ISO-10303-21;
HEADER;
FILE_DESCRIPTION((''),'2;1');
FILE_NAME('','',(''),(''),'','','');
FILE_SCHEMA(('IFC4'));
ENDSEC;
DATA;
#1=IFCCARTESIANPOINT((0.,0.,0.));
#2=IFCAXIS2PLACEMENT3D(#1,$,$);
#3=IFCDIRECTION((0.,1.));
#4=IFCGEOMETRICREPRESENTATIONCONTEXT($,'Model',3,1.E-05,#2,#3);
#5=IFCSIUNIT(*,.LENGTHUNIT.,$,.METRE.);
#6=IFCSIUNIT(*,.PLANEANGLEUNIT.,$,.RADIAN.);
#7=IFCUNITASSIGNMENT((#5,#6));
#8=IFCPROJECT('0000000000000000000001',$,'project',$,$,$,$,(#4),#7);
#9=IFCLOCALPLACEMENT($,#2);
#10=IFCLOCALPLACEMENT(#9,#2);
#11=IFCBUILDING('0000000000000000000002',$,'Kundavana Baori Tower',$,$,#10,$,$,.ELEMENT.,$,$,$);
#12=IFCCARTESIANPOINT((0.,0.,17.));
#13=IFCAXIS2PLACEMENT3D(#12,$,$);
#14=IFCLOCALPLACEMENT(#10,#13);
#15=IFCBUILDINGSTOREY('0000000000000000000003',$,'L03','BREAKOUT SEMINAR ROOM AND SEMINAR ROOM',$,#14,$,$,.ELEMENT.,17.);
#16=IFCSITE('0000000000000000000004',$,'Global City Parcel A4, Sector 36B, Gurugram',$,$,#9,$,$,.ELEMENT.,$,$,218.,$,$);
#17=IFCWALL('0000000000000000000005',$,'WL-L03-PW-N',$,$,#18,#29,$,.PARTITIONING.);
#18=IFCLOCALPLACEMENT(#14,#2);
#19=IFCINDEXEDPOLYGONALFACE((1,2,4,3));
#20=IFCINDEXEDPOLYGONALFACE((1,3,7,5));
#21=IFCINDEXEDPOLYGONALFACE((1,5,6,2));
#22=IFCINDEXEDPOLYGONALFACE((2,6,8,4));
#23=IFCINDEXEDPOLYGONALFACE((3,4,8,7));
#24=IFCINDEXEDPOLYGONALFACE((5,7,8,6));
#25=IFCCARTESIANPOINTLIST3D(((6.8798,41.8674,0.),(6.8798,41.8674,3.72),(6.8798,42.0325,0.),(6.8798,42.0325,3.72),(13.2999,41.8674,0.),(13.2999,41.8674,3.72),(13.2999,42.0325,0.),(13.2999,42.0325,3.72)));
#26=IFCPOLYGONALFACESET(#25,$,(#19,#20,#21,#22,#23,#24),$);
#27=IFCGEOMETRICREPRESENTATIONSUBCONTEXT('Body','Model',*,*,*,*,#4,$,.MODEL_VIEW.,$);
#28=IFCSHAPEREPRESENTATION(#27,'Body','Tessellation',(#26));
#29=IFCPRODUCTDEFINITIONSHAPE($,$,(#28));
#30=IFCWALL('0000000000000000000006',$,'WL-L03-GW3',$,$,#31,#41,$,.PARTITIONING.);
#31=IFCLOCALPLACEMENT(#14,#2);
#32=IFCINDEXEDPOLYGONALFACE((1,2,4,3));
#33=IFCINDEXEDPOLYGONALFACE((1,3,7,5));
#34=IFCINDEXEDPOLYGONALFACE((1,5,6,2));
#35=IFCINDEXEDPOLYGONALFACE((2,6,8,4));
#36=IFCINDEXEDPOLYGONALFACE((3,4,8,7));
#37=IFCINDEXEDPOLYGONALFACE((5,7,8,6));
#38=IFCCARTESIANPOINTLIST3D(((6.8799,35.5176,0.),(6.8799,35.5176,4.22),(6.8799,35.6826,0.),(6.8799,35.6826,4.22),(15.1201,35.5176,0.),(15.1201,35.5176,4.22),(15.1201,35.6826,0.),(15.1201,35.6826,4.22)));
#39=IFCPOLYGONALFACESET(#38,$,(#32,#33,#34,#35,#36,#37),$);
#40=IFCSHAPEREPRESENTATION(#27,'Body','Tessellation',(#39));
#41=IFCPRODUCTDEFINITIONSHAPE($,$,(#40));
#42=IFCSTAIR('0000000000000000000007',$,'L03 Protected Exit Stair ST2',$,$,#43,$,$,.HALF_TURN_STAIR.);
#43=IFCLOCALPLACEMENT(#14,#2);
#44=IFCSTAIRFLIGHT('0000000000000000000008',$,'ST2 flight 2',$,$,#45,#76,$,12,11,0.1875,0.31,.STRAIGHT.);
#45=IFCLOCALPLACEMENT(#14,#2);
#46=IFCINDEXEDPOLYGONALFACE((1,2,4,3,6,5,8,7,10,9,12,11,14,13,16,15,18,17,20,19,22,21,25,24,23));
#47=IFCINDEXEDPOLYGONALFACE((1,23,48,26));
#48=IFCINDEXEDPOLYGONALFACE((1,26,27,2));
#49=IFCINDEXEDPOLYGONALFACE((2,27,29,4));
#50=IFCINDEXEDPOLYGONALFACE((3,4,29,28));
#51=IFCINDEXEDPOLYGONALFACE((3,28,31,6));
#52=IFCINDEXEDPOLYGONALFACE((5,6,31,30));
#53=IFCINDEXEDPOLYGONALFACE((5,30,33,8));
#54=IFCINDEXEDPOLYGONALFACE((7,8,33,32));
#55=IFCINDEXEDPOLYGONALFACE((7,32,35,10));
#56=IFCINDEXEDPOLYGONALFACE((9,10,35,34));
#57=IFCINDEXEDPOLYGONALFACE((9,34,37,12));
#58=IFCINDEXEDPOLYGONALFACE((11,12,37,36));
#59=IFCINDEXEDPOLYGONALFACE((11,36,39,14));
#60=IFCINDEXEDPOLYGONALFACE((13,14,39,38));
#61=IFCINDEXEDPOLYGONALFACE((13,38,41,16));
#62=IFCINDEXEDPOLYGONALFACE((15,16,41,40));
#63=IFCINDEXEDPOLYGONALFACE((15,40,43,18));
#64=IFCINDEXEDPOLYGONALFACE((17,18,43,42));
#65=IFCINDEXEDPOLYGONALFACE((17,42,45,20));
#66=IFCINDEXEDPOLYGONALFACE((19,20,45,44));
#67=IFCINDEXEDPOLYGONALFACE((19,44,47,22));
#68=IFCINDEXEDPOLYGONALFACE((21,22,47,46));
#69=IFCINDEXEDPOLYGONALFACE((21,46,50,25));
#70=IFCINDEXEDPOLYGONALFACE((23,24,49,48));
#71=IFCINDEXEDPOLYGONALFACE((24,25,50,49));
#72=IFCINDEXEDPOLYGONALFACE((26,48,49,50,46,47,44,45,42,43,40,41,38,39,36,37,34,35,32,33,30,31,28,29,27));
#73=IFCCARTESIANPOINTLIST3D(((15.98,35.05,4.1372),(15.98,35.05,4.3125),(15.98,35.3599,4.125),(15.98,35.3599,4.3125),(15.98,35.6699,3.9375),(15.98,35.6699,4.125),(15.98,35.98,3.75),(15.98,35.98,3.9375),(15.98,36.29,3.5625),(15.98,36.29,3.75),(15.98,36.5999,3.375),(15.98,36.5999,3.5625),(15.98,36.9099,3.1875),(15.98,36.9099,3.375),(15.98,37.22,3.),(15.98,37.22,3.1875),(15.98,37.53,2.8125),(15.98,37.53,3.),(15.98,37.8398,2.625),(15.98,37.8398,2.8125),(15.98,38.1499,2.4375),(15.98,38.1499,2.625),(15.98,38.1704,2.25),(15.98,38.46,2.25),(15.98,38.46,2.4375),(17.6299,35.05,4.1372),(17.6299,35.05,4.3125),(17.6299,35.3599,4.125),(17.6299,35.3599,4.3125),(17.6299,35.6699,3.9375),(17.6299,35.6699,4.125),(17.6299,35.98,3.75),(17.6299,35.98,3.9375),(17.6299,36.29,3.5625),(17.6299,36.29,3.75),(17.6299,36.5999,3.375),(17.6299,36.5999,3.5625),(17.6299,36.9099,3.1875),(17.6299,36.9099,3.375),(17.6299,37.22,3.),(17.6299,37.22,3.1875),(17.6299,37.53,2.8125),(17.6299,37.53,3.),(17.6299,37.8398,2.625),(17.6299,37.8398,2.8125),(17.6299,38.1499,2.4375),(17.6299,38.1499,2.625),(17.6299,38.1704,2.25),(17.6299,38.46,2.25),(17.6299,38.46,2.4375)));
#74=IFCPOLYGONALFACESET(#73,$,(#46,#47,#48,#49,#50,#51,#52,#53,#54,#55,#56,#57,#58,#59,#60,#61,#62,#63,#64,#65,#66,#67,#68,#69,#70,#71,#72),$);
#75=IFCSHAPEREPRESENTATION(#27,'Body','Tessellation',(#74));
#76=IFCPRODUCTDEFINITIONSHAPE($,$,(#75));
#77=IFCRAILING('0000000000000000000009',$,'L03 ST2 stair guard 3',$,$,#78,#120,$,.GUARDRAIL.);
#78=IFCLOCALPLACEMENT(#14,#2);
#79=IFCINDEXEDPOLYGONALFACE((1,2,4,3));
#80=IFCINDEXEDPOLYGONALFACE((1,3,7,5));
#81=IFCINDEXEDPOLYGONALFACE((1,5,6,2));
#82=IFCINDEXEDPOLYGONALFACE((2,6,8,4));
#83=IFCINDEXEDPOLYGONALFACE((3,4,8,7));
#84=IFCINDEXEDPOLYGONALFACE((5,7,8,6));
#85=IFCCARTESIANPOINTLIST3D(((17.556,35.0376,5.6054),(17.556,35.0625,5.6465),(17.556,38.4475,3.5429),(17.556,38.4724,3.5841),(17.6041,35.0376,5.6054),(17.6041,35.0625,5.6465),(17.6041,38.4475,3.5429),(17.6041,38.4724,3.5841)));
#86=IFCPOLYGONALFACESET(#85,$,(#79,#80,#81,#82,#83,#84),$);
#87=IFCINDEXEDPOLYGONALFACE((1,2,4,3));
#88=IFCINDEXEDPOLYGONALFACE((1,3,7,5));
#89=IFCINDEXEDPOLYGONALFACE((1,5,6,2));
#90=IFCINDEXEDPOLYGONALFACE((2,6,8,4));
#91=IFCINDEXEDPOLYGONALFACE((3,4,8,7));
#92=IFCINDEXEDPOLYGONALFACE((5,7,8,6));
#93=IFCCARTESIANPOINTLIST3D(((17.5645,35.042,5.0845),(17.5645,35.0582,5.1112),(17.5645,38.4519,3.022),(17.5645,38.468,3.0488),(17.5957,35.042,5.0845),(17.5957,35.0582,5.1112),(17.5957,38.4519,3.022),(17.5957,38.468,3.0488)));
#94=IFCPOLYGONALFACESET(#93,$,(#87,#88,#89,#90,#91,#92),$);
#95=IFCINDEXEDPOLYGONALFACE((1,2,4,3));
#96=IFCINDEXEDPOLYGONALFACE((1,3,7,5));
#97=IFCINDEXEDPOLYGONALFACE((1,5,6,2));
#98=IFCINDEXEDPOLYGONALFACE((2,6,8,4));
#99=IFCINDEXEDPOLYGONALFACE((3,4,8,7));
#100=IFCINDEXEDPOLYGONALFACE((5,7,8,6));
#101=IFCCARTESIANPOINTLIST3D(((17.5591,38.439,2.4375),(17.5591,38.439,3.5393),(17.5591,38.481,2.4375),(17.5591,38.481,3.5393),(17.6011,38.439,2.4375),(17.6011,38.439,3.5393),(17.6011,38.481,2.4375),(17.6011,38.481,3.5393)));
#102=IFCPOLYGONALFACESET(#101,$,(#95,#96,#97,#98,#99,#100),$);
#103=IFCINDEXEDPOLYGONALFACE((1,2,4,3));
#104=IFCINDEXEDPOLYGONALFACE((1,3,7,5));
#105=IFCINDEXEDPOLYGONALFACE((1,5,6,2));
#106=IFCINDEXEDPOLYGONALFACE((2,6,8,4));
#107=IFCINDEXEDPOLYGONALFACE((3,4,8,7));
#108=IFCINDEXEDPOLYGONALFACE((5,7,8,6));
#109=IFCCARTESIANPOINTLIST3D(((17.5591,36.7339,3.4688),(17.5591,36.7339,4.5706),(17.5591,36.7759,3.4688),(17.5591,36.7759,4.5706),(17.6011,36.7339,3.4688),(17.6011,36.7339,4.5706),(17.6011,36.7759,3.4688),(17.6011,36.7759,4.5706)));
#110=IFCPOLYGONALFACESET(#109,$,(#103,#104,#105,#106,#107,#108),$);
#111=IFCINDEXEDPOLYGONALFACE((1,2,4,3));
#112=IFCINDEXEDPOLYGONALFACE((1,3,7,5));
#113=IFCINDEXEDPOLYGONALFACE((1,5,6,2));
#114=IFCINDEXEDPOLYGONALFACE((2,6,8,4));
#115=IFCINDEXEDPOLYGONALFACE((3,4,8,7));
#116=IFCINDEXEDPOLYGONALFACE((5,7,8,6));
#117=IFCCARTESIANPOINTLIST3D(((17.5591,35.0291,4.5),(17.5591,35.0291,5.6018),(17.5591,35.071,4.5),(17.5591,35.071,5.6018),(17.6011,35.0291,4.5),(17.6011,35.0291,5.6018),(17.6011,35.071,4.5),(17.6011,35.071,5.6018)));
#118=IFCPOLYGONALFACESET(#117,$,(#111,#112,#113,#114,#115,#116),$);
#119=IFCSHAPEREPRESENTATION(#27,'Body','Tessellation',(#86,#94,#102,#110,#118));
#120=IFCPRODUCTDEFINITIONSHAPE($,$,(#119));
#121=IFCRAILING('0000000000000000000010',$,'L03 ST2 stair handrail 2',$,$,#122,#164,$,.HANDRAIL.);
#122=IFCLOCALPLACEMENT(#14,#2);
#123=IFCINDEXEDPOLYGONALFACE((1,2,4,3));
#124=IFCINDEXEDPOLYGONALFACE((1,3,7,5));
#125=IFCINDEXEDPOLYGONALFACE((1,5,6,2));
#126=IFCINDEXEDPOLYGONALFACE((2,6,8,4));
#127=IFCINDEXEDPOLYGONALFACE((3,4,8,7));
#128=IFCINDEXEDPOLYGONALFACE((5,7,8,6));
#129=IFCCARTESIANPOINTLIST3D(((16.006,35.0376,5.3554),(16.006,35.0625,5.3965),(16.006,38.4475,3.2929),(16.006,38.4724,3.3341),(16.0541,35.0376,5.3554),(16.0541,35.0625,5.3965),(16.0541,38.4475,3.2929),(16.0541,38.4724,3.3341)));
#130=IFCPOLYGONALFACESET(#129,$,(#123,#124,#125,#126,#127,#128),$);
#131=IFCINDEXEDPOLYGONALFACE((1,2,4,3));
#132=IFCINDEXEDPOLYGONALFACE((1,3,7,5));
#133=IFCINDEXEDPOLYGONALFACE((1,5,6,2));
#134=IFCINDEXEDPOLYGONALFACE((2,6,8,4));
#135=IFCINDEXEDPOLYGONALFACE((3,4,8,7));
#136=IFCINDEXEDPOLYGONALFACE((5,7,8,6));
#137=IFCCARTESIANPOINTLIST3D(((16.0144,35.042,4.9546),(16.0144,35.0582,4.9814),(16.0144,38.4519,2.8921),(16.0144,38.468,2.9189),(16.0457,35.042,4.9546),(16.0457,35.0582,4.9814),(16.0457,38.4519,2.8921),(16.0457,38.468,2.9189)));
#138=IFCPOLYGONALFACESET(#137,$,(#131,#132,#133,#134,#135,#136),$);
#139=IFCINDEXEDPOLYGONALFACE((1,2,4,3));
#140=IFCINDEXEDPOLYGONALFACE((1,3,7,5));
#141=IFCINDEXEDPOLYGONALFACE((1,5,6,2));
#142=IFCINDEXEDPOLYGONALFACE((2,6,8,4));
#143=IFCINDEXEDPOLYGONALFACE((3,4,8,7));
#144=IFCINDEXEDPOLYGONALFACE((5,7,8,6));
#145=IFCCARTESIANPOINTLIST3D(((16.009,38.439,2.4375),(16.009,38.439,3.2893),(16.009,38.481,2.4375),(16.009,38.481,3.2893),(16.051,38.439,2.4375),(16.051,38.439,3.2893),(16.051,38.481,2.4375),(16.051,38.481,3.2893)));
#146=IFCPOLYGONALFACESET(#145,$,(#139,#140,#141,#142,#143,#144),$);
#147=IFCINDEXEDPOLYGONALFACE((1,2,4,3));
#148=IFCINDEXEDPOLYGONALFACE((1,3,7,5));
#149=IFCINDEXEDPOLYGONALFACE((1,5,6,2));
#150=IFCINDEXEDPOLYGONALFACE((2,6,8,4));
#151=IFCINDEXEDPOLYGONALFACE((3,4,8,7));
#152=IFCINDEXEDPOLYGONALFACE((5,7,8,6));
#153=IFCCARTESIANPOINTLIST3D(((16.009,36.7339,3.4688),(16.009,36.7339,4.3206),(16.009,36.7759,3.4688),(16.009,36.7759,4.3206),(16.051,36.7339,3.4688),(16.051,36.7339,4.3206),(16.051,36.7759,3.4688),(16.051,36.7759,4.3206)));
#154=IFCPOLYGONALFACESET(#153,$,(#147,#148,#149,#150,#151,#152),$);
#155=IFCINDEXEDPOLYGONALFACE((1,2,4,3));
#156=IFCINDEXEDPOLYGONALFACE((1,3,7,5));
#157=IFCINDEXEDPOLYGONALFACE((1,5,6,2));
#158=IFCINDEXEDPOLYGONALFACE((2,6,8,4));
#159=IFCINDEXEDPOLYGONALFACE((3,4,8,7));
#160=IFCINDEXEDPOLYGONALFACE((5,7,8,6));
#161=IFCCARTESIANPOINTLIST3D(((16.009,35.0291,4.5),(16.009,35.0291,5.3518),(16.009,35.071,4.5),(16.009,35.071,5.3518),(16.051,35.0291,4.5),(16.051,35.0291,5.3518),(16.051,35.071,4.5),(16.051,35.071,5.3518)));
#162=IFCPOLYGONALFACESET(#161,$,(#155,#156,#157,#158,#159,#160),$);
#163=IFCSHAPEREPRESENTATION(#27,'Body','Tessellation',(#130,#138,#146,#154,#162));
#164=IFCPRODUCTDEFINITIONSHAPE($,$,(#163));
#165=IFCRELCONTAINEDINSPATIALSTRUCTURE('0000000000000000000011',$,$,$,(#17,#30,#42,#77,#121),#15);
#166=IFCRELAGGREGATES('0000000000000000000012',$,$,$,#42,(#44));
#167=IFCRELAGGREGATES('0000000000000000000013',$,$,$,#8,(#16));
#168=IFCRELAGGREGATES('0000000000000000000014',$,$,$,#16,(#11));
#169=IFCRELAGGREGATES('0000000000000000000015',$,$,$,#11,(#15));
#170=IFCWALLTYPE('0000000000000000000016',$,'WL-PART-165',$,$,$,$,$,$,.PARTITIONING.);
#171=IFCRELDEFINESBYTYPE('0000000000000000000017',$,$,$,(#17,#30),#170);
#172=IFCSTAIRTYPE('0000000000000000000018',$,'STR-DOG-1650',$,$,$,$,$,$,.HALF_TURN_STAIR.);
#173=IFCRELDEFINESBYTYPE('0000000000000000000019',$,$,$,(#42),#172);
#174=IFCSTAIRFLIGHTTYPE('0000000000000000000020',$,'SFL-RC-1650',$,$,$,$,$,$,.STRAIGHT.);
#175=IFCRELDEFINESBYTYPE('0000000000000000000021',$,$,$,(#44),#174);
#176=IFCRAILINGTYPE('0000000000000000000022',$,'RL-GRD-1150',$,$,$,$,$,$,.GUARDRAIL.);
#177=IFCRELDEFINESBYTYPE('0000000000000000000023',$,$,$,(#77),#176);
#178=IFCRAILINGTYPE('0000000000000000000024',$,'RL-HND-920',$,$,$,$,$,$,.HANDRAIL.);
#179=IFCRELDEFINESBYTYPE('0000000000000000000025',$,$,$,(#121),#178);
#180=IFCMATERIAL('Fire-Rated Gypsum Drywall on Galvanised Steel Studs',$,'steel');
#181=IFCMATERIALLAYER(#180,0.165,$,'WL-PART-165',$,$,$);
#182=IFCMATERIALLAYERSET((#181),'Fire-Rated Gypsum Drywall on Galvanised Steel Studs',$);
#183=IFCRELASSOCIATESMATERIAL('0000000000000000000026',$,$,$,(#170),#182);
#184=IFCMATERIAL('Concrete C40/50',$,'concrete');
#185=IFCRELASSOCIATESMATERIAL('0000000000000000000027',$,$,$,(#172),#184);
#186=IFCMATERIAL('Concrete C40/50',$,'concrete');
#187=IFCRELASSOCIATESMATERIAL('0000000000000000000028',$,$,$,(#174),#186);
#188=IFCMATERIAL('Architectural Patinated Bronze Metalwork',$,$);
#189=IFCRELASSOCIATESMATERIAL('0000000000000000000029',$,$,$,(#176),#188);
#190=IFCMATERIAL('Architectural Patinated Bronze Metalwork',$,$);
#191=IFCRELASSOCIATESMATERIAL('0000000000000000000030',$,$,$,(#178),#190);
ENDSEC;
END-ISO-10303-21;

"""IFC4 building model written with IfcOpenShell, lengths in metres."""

from ifc_helpers import new_model, si_unit, direction, frame, frame_2d, origin, origin_2d, place, context, subcontext, project, spatial, polyline, rectangle, outline, extrude, material, layer, layer_set, type_object, element, aggregate, save


model = new_model("IFC4")

# Units and contexts
model_context = context("Model", 3, precision=1e-05, world=origin(), true_north=direction((0.0, 1.0)))
body_context = subcontext(model_context, "Body", "Model", "MODEL_VIEW")
ifc_project = project(units=[si_unit("LENGTHUNIT", "METRE"), si_unit("PLANEANGLEUNIT", "RADIAN")], contexts=[model_context])

# Site, building, storey
site_placement = place(None, origin())
site = spatial("IfcSite", under=ifc_project, at=site_placement, Name="Global City Parcel A4, Sector 36B, Gurugram", CompositionType="ELEMENT", RefElevation=218.0)
building_placement = place(site_placement, origin())
building = spatial("IfcBuilding", under=site, at=building_placement, Name="Kundavana Baori Tower", CompositionType="ELEMENT")
storey_placement = place(building_placement, frame((0.0, 0.0, 17.0)))
storey = spatial("IfcBuildingStorey", under=building, at=storey_placement, Name="L03", Description="BREAKOUT SEMINAR ROOM AND SEMINAR ROOM", CompositionType="ELEMENT", Elevation=17.0)

# Walls
ifc_material_1 = material(Name="Fire-Rated Gypsum Drywall on Galvanised Steel Studs", Category="steel")
ifc_layer_1 = layer(ifc_material_1, 0.165, Name="WL-PART-165")
ifc_layer_set_1 = layer_set([ifc_layer_1], Name="Fire-Rated Gypsum Drywall on Galvanised Steel Studs")
wall_type_1 = type_object("IfcWallType", Name="WL-PART-165", PredefinedType="PARTITIONING", material=ifc_layer_set_1)
wall_1_placement = place(storey_placement, frame((6.8799, 41.95, 0.0), z_axis=(0.0, 0.0, 1.0), x_axis=(1.0, 0.0, 0.0)))
element("IfcWall", 1, at=wall_1_placement, inside=storey, type_object=wall_type_1, Name="WL-L03-PW-N", PredefinedType="PARTITIONING", context=body_context, shape_type="SweptSolid", body=[
    extrude(rectangle(XDim=6.4202, YDim=0.165, at=frame_2d((3.21, 0.0))), origin(), (0.0, 0.0, 1.0), 3.72),
])
wall_2_placement = place(storey_placement, frame((6.8799, 35.6001, 0.0), z_axis=(0.0, 0.0, 1.0), x_axis=(1.0, 0.0, 0.0)))
element("IfcWall", 2, at=wall_2_placement, inside=storey, type_object=wall_type_1, Name="WL-L03-GW3", PredefinedType="PARTITIONING", context=body_context, shape_type="SweptSolid", body=[
    extrude(rectangle(XDim=8.2402, YDim=0.165, at=frame_2d((4.1201, 0.0))), origin(), (0.0, 0.0, 1.0), 4.22),
])

# Stair, stair flight
ifc_material_2 = material(Name="Concrete C40/50", Category="concrete")
stair_type = type_object("IfcStairType", Name="STR-DOG-1650", PredefinedType="HALF_TURN_STAIR", material=ifc_material_2)
stair_placement = place(storey_placement, origin())
stair = element("IfcStair", 3, at=stair_placement, inside=storey, type_object=stair_type, Name="L03 Protected Exit Stair ST2", PredefinedType="HALF_TURN_STAIR")
ifc_material_3 = material(Name="Concrete C40/50", Category="concrete")
stair_flight_type = type_object("IfcStairFlightType", Name="SFL-RC-1650", PredefinedType="STRAIGHT", material=ifc_material_3)
stair_flight_placement = place(storey_placement, frame((16.8049, 38.46, 2.25), z_axis=(0.0, 0.0, 1.0), x_axis=(0.0, -1.0, 0.0)))
stair_flight = element("IfcStairFlight", 4, at=stair_flight_placement, type_object=stair_flight_type, Name="ST2 flight 2", NumberOfRisers=12, NumberOfTreads=11, PredefinedType="STRAIGHT", RiserHeight=0.1875, TreadLength=0.31, context=body_context, shape_type="SweptSolid", body=[
    extrude(outline(polyline([(0.0, 0.0), (0.0, 0.1875), (0.3101, 0.1875), (0.3101, 0.375), (0.6201, 0.375), (0.6201, 0.5625), (0.9299, 0.5625), (0.9299, 0.75), (1.24, 0.75), (1.24, 0.9375), (1.55, 0.9375), (1.55, 1.125), (1.8601, 1.125), (1.8601, 1.3125), (2.1699, 1.3125), (2.1699, 1.5), (2.48, 1.5), (2.48, 1.6875), (2.79, 1.6875), (2.79, 1.875), (3.1001, 1.875), (3.1001, 2.0625), (3.4099, 2.0625), (3.4099, 2.25), (3.4099, 1.8872), (0.2896, 0.0), (0.0, 0.0)])), frame((0.0, 0.825, 0.0), z_axis=(0.0, -1.0, 0.0), x_axis=(1.0, 0.0, 0.0)), (0.0, 0.0, 1.0), 1.6499),
])
aggregate(stair, [stair_flight])

# Railings
ifc_material_4 = material(Name="Architectural Patinated Bronze Metalwork")
railing_type_1 = type_object("IfcRailingType", Name="RL-GRD-1150", PredefinedType="GUARDRAIL", material=ifc_material_4)
railing_1_placement = place(storey_placement, frame((17.5801, 38.46, 2.4375)))
element("IfcRailing", 5, at=railing_1_placement, inside=storey, type_object=railing_type_1, Name="L03 ST2 stair guard 3", PredefinedType="GUARDRAIL", context=body_context, shape_type="SweptSolid", body=[
    extrude(rectangle(XDim=0.0481, YDim=0.0481, at=origin_2d()), frame((0.0, 0.0, 1.126), z_axis=(0.0, -0.855655, 0.517547), x_axis=(1.0, 0.0, 0.0)), (0.0, 0.0, 1.0), 3.9851),
    extrude(rectangle(XDim=0.0312, YDim=0.0312, at=origin_2d()), frame((0.0, 0.0, 0.5979), z_axis=(0.0, -0.855655, 0.517547), x_axis=(1.0, 0.0, 0.0)), (0.0, 0.0, 1.0), 3.9851),
    extrude(rectangle(XDim=0.042, YDim=0.042, at=origin_2d()), origin(), (0.0, 0.0, 1.0), 1.1018),
    extrude(rectangle(XDim=0.042, YDim=0.042, at=origin_2d()), frame((0.0, -1.7051, 1.0312)), (0.0, 0.0, 1.0), 1.1018),
    extrude(rectangle(XDim=0.042, YDim=0.042, at=origin_2d()), frame((0.0, -3.4099, 2.0625)), (0.0, 0.0, 1.0), 1.1018),
])
ifc_material_5 = material(Name="Architectural Patinated Bronze Metalwork")
railing_type_2 = type_object("IfcRailingType", Name="RL-HND-920", PredefinedType="HANDRAIL", material=ifc_material_5)
railing_2_placement = place(storey_placement, frame((16.03, 38.46, 2.4375)))
element("IfcRailing", 6, at=railing_2_placement, inside=storey, type_object=railing_type_2, Name="L03 ST2 stair handrail 2", PredefinedType="HANDRAIL", context=body_context, shape_type="SweptSolid", body=[
    extrude(rectangle(XDim=0.0481, YDim=0.0481, at=origin_2d()), frame((0.0, 0.0, 0.876), z_axis=(0.0, -0.855655, 0.517547), x_axis=(1.0, 0.0, 0.0)), (0.0, 0.0, 1.0), 3.9851),
    extrude(rectangle(XDim=0.0312, YDim=0.0312, at=origin_2d()), frame((0.0, 0.0, 0.468), z_axis=(0.0, -0.855655, 0.517547), x_axis=(1.0, 0.0, 0.0)), (0.0, 0.0, 1.0), 3.9851),
    extrude(rectangle(XDim=0.042, YDim=0.042, at=origin_2d()), origin(), (0.0, 0.0, 1.0), 0.8518),
    extrude(rectangle(XDim=0.042, YDim=0.042, at=origin_2d()), frame((0.0, -1.7051, 1.0312)), (0.0, 0.0, 1.0), 0.8518),
    extrude(rectangle(XDim=0.042, YDim=0.042, at=origin_2d()), frame((0.0, -3.4099, 2.0625)), (0.0, 0.0, 1.0), 0.8518),
])

save(model, "model.ifc")
